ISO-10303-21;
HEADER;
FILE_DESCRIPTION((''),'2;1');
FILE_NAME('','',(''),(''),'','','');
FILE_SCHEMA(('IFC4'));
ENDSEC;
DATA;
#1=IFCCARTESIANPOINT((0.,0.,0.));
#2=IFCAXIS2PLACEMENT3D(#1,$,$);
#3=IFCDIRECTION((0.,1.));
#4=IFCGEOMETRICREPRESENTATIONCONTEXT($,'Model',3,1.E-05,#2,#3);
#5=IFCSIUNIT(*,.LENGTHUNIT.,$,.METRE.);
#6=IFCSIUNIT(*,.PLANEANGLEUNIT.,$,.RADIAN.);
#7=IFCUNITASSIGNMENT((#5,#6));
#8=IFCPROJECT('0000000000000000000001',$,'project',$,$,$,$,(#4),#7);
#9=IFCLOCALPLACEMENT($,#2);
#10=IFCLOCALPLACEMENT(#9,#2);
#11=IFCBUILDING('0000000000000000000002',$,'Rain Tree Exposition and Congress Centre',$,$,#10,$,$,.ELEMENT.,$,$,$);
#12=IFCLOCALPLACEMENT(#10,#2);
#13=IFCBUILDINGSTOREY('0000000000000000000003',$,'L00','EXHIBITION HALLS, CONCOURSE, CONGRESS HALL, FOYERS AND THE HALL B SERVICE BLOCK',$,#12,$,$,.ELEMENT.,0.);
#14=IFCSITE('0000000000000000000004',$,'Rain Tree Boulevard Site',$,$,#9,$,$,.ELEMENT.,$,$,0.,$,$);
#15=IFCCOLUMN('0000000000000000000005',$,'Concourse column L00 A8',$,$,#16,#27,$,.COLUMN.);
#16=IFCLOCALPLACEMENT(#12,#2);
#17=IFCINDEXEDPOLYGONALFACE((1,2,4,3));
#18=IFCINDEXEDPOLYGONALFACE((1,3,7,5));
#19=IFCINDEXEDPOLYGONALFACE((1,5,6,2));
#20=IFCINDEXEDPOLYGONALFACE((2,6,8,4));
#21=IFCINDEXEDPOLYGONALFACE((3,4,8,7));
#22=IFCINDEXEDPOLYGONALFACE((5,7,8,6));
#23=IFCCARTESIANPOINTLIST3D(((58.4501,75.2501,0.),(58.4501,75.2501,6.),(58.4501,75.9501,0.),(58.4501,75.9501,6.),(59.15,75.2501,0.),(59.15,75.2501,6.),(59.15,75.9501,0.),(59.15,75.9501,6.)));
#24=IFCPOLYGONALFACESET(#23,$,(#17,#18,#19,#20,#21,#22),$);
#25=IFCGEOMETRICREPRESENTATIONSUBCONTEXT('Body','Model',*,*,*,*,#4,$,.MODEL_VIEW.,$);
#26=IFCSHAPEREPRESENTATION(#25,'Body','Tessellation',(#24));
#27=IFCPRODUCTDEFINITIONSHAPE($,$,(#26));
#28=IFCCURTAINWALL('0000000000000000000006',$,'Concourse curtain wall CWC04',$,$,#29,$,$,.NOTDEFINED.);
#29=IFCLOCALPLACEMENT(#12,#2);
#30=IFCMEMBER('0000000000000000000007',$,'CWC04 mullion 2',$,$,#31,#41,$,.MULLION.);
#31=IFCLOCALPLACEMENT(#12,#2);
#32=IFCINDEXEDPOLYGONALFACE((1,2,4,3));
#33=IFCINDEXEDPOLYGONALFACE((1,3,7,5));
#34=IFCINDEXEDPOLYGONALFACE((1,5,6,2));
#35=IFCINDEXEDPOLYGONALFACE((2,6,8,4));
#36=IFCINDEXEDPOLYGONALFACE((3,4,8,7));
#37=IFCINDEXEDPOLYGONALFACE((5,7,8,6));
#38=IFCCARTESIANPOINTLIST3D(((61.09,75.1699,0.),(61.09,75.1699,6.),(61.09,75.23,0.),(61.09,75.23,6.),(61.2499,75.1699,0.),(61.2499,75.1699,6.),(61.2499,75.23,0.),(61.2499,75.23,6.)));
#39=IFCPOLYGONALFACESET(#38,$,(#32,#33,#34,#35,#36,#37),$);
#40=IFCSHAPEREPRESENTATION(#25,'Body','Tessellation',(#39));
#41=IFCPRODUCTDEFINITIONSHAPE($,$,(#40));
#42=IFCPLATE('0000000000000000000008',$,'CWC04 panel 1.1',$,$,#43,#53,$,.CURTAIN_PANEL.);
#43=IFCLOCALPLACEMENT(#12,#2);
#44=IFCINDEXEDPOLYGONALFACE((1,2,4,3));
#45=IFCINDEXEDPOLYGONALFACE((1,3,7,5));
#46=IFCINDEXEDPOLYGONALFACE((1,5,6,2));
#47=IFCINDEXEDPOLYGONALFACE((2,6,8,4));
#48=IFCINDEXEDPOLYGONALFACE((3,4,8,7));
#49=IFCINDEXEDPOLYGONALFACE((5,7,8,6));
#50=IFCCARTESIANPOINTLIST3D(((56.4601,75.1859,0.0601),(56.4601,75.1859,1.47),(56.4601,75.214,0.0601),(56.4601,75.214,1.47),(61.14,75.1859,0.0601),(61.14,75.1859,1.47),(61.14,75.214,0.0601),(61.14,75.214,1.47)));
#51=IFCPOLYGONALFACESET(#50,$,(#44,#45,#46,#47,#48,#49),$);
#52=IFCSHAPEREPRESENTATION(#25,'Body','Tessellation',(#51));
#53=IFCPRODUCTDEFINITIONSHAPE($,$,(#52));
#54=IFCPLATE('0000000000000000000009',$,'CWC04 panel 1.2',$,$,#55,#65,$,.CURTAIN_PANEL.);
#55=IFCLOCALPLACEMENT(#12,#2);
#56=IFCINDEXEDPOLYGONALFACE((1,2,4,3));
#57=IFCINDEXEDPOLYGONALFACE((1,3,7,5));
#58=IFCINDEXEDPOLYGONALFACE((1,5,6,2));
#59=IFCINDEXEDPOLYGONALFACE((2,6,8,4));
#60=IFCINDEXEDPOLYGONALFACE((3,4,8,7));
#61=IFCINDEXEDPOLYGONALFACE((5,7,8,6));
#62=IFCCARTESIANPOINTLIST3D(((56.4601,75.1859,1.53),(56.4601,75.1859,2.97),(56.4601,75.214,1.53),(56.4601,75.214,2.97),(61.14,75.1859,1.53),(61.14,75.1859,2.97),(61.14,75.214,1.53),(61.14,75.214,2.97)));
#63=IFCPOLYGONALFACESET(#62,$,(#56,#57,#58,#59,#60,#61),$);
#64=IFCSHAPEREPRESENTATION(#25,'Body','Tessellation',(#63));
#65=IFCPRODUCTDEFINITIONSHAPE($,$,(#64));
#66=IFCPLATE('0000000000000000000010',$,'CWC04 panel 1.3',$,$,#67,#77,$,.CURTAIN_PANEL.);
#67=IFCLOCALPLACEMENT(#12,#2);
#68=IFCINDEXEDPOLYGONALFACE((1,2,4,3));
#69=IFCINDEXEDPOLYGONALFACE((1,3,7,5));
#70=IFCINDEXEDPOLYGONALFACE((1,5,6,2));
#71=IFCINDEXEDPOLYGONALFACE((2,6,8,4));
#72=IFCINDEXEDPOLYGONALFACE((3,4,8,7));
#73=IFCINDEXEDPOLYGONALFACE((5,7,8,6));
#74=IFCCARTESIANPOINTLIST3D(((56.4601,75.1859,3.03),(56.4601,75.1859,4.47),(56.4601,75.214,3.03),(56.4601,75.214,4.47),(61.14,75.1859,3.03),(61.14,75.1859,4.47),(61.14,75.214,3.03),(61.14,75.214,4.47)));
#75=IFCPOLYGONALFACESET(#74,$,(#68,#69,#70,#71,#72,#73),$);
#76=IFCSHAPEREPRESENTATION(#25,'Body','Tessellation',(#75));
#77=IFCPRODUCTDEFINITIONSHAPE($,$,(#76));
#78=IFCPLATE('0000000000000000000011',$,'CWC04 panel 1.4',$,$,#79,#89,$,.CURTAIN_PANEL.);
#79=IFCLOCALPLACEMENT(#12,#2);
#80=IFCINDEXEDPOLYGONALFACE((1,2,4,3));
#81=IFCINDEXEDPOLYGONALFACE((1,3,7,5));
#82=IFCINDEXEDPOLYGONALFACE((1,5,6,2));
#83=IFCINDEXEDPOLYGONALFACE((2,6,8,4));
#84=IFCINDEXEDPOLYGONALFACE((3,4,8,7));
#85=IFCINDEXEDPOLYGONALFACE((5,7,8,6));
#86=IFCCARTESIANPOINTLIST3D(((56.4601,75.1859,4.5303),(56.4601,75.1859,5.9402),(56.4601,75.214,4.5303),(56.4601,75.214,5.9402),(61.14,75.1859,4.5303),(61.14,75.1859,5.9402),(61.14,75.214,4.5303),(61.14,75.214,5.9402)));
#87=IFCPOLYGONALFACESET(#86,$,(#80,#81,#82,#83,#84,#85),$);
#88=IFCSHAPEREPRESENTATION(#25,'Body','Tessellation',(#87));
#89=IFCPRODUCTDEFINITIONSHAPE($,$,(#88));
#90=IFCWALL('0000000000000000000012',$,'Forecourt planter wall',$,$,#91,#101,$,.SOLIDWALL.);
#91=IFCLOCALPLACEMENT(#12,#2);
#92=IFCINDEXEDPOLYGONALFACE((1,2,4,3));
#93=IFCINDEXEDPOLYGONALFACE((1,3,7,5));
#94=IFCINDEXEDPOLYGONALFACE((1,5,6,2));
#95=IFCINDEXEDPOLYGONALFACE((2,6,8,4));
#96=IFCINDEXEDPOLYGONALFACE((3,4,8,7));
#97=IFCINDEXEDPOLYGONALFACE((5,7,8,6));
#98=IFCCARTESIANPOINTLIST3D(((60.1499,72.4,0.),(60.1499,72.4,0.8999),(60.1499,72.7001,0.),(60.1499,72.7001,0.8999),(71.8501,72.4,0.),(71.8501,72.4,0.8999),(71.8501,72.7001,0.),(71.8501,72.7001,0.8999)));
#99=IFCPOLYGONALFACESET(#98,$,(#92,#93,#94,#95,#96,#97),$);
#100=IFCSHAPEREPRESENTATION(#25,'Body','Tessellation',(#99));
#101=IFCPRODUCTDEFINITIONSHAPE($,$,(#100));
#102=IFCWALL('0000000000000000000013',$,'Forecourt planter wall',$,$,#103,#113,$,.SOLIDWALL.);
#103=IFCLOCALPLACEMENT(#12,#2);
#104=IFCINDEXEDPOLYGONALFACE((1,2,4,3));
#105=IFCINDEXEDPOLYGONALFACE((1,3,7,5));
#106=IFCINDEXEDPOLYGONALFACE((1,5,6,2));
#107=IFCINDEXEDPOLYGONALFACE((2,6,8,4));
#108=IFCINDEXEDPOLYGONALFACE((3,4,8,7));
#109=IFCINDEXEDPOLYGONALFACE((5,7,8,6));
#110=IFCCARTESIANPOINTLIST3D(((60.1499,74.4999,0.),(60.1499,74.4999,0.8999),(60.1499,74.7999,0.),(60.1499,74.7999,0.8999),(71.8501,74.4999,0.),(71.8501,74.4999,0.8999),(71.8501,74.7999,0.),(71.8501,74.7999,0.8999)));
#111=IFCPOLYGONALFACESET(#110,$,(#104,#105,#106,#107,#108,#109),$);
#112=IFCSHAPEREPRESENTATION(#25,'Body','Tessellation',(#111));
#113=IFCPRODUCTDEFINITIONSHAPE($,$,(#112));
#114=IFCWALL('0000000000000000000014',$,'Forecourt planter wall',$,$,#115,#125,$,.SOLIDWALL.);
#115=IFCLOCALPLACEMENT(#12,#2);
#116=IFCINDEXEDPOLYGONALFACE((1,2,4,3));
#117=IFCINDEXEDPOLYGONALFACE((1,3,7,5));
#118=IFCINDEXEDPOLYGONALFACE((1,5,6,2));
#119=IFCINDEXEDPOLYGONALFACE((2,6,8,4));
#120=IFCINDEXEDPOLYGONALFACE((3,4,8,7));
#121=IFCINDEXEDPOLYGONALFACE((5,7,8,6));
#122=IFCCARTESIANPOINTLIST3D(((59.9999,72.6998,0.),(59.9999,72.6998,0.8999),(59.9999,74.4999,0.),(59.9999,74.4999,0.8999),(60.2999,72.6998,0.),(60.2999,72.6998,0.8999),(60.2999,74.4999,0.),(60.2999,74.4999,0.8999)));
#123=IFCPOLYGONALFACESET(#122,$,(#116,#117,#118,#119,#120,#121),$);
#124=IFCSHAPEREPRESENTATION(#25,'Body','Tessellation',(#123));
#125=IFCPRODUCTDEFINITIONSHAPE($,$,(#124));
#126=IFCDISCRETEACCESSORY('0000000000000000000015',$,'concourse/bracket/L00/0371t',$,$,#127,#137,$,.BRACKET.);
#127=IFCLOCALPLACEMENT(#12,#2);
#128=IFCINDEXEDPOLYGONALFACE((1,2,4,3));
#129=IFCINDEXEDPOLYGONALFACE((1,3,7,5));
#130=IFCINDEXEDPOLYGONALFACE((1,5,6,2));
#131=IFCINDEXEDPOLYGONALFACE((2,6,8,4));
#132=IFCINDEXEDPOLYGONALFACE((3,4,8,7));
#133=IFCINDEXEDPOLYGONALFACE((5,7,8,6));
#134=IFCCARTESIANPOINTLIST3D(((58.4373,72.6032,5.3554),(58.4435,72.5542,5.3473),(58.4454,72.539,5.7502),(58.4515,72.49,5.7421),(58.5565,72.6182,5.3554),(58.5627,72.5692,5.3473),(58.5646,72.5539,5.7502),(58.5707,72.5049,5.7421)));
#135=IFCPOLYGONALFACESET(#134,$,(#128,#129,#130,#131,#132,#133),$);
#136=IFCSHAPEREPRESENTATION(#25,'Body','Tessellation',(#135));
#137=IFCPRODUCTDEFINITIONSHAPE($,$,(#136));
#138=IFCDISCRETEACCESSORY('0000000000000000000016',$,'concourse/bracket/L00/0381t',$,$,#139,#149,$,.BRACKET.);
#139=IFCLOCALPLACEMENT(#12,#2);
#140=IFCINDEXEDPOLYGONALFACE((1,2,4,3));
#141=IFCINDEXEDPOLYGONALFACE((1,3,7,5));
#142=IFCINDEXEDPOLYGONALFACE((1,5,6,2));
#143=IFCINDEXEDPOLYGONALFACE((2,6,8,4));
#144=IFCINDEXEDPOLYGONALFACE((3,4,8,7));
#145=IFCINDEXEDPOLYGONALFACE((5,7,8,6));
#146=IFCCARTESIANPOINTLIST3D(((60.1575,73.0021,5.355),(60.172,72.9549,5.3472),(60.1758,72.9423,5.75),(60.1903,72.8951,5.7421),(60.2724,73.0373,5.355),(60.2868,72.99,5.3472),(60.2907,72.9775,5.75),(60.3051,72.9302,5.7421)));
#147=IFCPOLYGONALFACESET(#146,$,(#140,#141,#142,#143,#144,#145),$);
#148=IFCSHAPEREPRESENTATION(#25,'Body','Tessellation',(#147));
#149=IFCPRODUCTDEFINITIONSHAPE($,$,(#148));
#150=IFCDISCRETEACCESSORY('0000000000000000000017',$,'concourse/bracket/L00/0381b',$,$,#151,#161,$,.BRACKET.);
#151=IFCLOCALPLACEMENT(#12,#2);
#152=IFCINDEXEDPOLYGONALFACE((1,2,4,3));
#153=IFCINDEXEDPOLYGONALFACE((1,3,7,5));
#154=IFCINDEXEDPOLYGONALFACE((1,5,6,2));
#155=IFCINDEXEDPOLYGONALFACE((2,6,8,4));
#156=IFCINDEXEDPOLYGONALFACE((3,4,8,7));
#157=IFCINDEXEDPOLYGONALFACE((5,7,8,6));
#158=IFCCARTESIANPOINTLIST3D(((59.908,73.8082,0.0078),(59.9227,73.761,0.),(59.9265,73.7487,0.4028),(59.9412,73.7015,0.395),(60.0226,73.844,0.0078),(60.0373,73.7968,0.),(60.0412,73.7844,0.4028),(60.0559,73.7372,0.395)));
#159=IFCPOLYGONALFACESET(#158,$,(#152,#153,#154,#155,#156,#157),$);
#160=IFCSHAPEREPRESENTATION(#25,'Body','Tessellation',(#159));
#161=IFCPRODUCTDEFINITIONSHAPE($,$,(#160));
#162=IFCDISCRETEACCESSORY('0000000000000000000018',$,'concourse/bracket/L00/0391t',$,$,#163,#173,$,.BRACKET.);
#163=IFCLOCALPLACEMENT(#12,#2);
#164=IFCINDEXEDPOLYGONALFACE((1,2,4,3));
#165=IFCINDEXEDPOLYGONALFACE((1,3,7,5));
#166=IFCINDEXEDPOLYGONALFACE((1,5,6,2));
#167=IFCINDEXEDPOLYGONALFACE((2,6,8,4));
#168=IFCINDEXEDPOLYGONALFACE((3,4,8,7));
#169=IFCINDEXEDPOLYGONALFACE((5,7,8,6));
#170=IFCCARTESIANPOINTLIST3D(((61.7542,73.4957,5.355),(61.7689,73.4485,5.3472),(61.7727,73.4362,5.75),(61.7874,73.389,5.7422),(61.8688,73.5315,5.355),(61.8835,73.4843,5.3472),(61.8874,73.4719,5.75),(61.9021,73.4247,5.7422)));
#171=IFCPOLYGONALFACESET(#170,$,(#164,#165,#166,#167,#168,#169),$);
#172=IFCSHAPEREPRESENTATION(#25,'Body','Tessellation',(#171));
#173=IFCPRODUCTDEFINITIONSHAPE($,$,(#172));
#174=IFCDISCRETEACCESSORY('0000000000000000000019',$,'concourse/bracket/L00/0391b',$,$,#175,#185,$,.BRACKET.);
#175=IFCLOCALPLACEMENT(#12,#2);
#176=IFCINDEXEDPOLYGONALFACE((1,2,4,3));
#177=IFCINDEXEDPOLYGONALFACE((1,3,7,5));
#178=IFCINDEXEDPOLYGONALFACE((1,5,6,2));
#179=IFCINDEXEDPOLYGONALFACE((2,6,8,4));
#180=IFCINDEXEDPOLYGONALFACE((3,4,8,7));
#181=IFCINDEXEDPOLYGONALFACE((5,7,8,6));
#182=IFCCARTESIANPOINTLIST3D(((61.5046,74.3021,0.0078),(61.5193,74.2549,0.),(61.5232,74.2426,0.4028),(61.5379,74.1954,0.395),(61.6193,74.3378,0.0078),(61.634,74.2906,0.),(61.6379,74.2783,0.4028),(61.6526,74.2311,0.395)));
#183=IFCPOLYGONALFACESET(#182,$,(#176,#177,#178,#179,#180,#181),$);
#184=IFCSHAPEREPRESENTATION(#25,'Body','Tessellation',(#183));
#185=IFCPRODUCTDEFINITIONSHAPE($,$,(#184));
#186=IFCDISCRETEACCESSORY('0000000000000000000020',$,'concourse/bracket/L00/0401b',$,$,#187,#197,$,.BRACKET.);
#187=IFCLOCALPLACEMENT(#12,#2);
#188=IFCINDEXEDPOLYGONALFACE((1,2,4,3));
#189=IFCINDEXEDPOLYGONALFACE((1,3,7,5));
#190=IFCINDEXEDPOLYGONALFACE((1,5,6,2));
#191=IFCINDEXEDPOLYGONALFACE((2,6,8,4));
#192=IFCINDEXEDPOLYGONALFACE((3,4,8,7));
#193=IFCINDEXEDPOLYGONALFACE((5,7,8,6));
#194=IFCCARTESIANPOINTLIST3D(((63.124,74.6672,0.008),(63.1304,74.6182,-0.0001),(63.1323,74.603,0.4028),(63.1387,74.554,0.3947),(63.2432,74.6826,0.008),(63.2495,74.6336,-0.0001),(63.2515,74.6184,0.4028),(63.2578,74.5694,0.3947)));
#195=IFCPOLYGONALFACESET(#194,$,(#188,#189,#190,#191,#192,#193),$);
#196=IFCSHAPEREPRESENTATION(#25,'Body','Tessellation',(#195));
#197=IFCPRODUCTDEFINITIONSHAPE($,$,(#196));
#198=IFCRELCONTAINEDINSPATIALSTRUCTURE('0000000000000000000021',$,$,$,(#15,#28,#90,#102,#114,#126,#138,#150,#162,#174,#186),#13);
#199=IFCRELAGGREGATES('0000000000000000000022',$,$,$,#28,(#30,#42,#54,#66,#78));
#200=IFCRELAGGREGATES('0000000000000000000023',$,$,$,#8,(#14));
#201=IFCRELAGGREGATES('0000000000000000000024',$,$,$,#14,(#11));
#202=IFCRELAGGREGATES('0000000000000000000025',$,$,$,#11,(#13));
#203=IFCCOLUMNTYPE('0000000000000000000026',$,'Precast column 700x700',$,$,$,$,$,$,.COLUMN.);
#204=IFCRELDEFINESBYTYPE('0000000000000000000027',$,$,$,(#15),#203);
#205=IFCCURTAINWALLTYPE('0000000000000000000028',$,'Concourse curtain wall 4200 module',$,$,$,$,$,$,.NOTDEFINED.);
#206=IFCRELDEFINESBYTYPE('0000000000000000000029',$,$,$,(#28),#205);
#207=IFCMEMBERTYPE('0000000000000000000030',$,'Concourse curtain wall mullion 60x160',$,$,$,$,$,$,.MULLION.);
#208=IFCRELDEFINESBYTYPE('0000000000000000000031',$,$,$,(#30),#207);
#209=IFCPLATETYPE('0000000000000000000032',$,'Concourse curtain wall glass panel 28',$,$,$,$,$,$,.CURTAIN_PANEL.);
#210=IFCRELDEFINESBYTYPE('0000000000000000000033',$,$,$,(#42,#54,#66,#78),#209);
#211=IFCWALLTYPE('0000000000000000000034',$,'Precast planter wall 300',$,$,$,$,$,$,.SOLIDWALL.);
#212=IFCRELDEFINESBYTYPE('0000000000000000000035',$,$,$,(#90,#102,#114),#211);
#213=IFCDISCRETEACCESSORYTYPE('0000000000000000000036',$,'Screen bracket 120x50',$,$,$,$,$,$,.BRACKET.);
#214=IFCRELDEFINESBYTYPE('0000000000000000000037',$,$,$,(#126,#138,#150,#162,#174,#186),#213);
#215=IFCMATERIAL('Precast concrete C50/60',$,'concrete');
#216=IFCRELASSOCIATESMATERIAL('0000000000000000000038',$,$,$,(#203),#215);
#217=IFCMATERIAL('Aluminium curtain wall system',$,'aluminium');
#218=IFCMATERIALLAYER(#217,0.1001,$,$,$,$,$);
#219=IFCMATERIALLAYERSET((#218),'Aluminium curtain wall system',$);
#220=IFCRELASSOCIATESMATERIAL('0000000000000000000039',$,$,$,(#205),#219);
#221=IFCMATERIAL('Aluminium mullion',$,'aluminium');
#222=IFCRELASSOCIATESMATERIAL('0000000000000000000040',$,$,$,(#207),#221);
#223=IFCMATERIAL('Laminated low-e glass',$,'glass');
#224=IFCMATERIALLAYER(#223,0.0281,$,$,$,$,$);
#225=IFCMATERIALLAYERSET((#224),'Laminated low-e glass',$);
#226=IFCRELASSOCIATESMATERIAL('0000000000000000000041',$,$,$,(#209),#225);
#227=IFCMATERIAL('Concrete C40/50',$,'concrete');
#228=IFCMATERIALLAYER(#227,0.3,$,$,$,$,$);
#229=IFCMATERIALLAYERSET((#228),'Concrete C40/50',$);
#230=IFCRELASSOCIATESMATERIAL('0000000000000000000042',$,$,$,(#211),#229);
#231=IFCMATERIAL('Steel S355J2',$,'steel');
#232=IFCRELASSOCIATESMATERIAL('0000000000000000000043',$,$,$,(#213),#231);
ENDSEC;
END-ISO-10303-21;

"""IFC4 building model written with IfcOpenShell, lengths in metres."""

from ifc_helpers import new_model, si_unit, direction, frame, frame_2d, origin, origin_2d, place, context, subcontext, project, spatial, rectangle, extrude, material, layer, layer_set, material_profile, profile_set, type_object, element, aggregate, save


model = new_model("IFC4")

# Units and contexts
model_context = context("Model", 3, precision=1e-05, world=origin(), true_north=direction((0.0, 1.0)))
body_context = subcontext(model_context, "Body", "Model", "MODEL_VIEW")
ifc_project = project(units=[si_unit("LENGTHUNIT", "METRE"), si_unit("PLANEANGLEUNIT", "RADIAN")], contexts=[model_context])

# Site, building, storey
site_placement = place(None, origin())
site = spatial("IfcSite", under=ifc_project, at=site_placement, Name="Rain Tree Boulevard Site", CompositionType="ELEMENT", RefElevation=0.0)
building_placement = place(site_placement, origin())
building = spatial("IfcBuilding", under=site, at=building_placement, Name="Rain Tree Exposition and Congress Centre", CompositionType="ELEMENT")
storey_placement = place(building_placement, origin())
storey = spatial("IfcBuildingStorey", under=building, at=storey_placement, Name="L00", Description="EXHIBITION HALLS, CONCOURSE, CONGRESS HALL, FOYERS AND THE HALL B SERVICE BLOCK", CompositionType="ELEMENT", Elevation=0.0)

# Column
ifc_material_1 = material(Name="Precast concrete C50/60", Category="concrete")
ifc_material_profile_1 = material_profile(ifc_material_1, rectangle(XDim=0.7, YDim=0.7, at=origin_2d()), Name="RC 700x700")
ifc_profile_set_1 = profile_set([ifc_material_profile_1], Name="Precast concrete C50/60")
column_type = type_object("IfcColumnType", Name="Precast column 700x700", PredefinedType="COLUMN", material=ifc_profile_set_1)
column_placement = place(storey_placement, frame((58.8, 75.6001, 0.0), z_axis=(0.0, 0.0, 1.0), x_axis=(1.0, 0.0, 0.0)))
element("IfcColumn", 1, at=column_placement, inside=storey, type_object=column_type, Name="Concourse column L00 A8", PredefinedType="COLUMN", context=body_context, shape_type="SweptSolid", body=[
    extrude(rectangle(XDim=0.7, YDim=0.7, at=origin_2d()), origin(), (0.0, 0.0, 1.0), 6.0),
])

# Curtain wall, member, plates
ifc_material_2 = material(Name="Aluminium curtain wall system", Category="aluminium")
ifc_layer_1 = layer(ifc_material_2, 0.1001)
ifc_layer_set_1 = layer_set([ifc_layer_1], Name="Aluminium curtain wall system")
curtain_wall_type = type_object("IfcCurtainWallType", Name="Concourse curtain wall 4200 module", PredefinedType="NOTDEFINED", material=ifc_layer_set_1)
curtain_wall_placement = place(storey_placement, origin())
curtain_wall = element("IfcCurtainWall", 2, at=curtain_wall_placement, inside=storey, type_object=curtain_wall_type, Name="Concourse curtain wall CWC04", PredefinedType="NOTDEFINED")
ifc_material_3 = material(Name="Aluminium mullion", Category="aluminium")
ifc_material_profile_2 = material_profile(ifc_material_3, rectangle(XDim=0.0601, YDim=0.1599, at=origin_2d()), Name="AL 60x160")
ifc_profile_set_2 = profile_set([ifc_material_profile_2], Name="Aluminium mullion")
member_type = type_object("IfcMemberType", Name="Concourse curtain wall mullion 60x160", PredefinedType="MULLION", material=ifc_profile_set_2)
member_placement = place(storey_placement, frame((61.1699, 75.2, 0.0), z_axis=(0.0, 0.0, 1.0), x_axis=(0.0, 1.0, 0.0)))
member = element("IfcMember", 3, at=member_placement, type_object=member_type, Name="CWC04 mullion 2", PredefinedType="MULLION", context=body_context, shape_type="SweptSolid", body=[
    extrude(rectangle(XDim=0.0601, YDim=0.1599, at=origin_2d()), origin(), (0.0, 0.0, 1.0), 6.0),
])
ifc_material_4 = material(Name="Laminated low-e glass", Category="glass")
ifc_layer_2 = layer(ifc_material_4, 0.0281)
ifc_layer_set_2 = layer_set([ifc_layer_2], Name="Laminated low-e glass")
plate_type = type_object("IfcPlateType", Name="Concourse curtain wall glass panel 28", PredefinedType="CURTAIN_PANEL", material=ifc_layer_set_2)
plate_1_placement = place(storey_placement, frame((58.8, 75.2, 0.0601), z_axis=(0.0, 0.0, 1.0), x_axis=(1.0, 0.0, 0.0)))
plate_1 = element("IfcPlate", 4, at=plate_1_placement, type_object=plate_type, Name="CWC04 panel 1.1", PredefinedType="CURTAIN_PANEL", context=body_context, shape_type="SweptSolid", body=[
    extrude(rectangle(XDim=4.6799, YDim=0.0281, at=origin_2d()), origin(), (0.0, 0.0, 1.0), 1.4099),
])
plate_2_placement = place(storey_placement, frame((58.8, 75.2, 1.53), z_axis=(0.0, 0.0, 1.0), x_axis=(1.0, 0.0, 0.0)))
plate_2 = element("IfcPlate", 5, at=plate_2_placement, type_object=plate_type, Name="CWC04 panel 1.2", PredefinedType="CURTAIN_PANEL", context=body_context, shape_type="SweptSolid", body=[
    extrude(rectangle(XDim=4.6799, YDim=0.0281, at=origin_2d()), origin(), (0.0, 0.0, 1.0), 1.4399),
])
plate_3_placement = place(storey_placement, frame((58.8, 75.2, 3.03), z_axis=(0.0, 0.0, 1.0), x_axis=(1.0, 0.0, 0.0)))
plate_3 = element("IfcPlate", 6, at=plate_3_placement, type_object=plate_type, Name="CWC04 panel 1.3", PredefinedType="CURTAIN_PANEL", context=body_context, shape_type="SweptSolid", body=[
    extrude(rectangle(XDim=4.6799, YDim=0.0281, at=origin_2d()), origin(), (0.0, 0.0, 1.0), 1.4399),
])
plate_4_placement = place(storey_placement, frame((58.8, 75.2, 4.5303), z_axis=(0.0, 0.0, 1.0), x_axis=(1.0, 0.0, 0.0)))
plate_4 = element("IfcPlate", 7, at=plate_4_placement, type_object=plate_type, Name="CWC04 panel 1.4", PredefinedType="CURTAIN_PANEL", context=body_context, shape_type="SweptSolid", body=[
    extrude(rectangle(XDim=4.6799, YDim=0.0281, at=origin_2d()), origin(), (0.0, 0.0, 1.0), 1.4099),
])
aggregate(curtain_wall, [member, plate_1, plate_2, plate_3, plate_4])

# Walls
ifc_material_5 = material(Name="Concrete C40/50", Category="concrete")
ifc_layer_3 = layer(ifc_material_5, 0.3)
ifc_layer_set_3 = layer_set([ifc_layer_3], Name="Concrete C40/50")
wall_type_1 = type_object("IfcWallType", Name="Precast planter wall 300", PredefinedType="SOLIDWALL", material=ifc_layer_set_3)
for number, where, z_axis, x_axis, name in (
    (8, (60.1499, 72.55, 0.0), (0.0, 0.0, 1.0), (1.0, 0.0, 0.0), "Forecourt planter wall"),
    (9, (60.1499, 74.6499, 0.0), (0.0, 0.0, 1.0), (1.0, 0.0, 0.0), "Forecourt planter wall"),
):
    element("IfcWall", number, at=place(storey_placement, frame(where, z_axis=z_axis, x_axis=x_axis)), inside=storey, type_object=wall_type_1, Name=name, PredefinedType="SOLIDWALL", context=body_context, shape_type="SweptSolid", body=[
        extrude(rectangle(XDim=11.7002, YDim=0.3, at=frame_2d((5.8501, 0.0))), origin(), (0.0, 0.0, 1.0), 0.8999),
    ])
wall_1_placement = place(storey_placement, frame((60.1499, 72.7, 0.0), z_axis=(0.0, 0.0, 1.0), x_axis=(0.0, 1.0, 0.0)))
element("IfcWall", 10, at=wall_1_placement, inside=storey, type_object=wall_type_1, Name="Forecourt planter wall", PredefinedType="SOLIDWALL", context=body_context, shape_type="SweptSolid", body=[
    extrude(rectangle(XDim=1.8, YDim=0.3, at=frame_2d((0.8999, 0.0))), origin(), (0.0, 0.0, 1.0), 0.8999),
])

# Discrete accessories
ifc_material_6 = material(Name="Steel S355J2", Category="steel")
ifc_material_profile_3 = material_profile(ifc_material_6, rectangle(XDim=0.1201, YDim=0.05, at=origin_2d()), Name="Flat bar 120x50")
ifc_profile_set_3 = profile_set([ifc_material_profile_3], Name="Steel S355J2")
discrete_accessory_type = type_object("IfcDiscreteAccessoryType", Name="Screen bracket 120x50", PredefinedType="BRACKET", material=ifc_profile_set_3)
discrete_accessory_1_placement = place(storey_placement, frame((58.5, 72.5862, 5.3513), z_axis=(0.020139, -0.160505, 0.98683), x_axis=(0.99222, 0.124499, 0.0)))
element("IfcDiscreteAccessory", 11, at=discrete_accessory_1_placement, inside=storey, type_object=discrete_accessory_type, Name="concourse/bracket/L00/0371t", PredefinedType="BRACKET", context=body_context, shape_type="SweptSolid", body=[
    extrude(rectangle(XDim=0.1201, YDim=0.05, at=origin_2d()), origin(), (0.0, 0.0, 1.0), 0.4001),
])
for number, where, z_axis, x_axis, name in (
    (12, (60.2222, 72.9961, 5.3511), (0.045783, -0.149558, 0.987692), (0.9562, 0.292714, 0.0), "concourse/bracket/L00/0381t"),
    (13, (59.9727, 73.8025, 0.0039), (0.046396, -0.148957, 0.987755), (0.954758, 0.297384, 0.0), "concourse/bracket/L00/0381b"),
    (14, (61.8188, 73.49, 5.3511), (0.046396, -0.148957, 0.987755), (0.954758, 0.297384, 0.0), "concourse/bracket/L00/0391t"),
    (15, (61.5693, 74.2964, 0.0039), (0.046396, -0.148957, 0.987755), (0.954758, 0.297384, 0.0), "concourse/bracket/L00/0391b"),
):
    element("IfcDiscreteAccessory", number, at=place(storey_placement, frame(where, z_axis=z_axis, x_axis=x_axis)), inside=storey, type_object=discrete_accessory_type, Name=name, PredefinedType="BRACKET", context=body_context, shape_type="SweptSolid", body=[
        extrude(rectangle(XDim=0.1201, YDim=0.05, at=origin_2d()), origin(), (0.0, 0.0, 1.0), 0.3999),
    ])
discrete_accessory_2_placement = place(storey_placement, frame((63.1868, 74.6504, 0.0039), z_axis=(0.020749, -0.160503, 0.986817), x_axis=(0.991747, 0.128211, 0.0)))
element("IfcDiscreteAccessory", 16, at=discrete_accessory_2_placement, inside=storey, type_object=discrete_accessory_type, Name="concourse/bracket/L00/0401b", PredefinedType="BRACKET", context=body_context, shape_type="SweptSolid", body=[
    extrude(rectangle(XDim=0.1201, YDim=0.05, at=origin_2d()), origin(), (0.0, 0.0, 1.0), 0.4001),
])

save(model, "model.ifc")
